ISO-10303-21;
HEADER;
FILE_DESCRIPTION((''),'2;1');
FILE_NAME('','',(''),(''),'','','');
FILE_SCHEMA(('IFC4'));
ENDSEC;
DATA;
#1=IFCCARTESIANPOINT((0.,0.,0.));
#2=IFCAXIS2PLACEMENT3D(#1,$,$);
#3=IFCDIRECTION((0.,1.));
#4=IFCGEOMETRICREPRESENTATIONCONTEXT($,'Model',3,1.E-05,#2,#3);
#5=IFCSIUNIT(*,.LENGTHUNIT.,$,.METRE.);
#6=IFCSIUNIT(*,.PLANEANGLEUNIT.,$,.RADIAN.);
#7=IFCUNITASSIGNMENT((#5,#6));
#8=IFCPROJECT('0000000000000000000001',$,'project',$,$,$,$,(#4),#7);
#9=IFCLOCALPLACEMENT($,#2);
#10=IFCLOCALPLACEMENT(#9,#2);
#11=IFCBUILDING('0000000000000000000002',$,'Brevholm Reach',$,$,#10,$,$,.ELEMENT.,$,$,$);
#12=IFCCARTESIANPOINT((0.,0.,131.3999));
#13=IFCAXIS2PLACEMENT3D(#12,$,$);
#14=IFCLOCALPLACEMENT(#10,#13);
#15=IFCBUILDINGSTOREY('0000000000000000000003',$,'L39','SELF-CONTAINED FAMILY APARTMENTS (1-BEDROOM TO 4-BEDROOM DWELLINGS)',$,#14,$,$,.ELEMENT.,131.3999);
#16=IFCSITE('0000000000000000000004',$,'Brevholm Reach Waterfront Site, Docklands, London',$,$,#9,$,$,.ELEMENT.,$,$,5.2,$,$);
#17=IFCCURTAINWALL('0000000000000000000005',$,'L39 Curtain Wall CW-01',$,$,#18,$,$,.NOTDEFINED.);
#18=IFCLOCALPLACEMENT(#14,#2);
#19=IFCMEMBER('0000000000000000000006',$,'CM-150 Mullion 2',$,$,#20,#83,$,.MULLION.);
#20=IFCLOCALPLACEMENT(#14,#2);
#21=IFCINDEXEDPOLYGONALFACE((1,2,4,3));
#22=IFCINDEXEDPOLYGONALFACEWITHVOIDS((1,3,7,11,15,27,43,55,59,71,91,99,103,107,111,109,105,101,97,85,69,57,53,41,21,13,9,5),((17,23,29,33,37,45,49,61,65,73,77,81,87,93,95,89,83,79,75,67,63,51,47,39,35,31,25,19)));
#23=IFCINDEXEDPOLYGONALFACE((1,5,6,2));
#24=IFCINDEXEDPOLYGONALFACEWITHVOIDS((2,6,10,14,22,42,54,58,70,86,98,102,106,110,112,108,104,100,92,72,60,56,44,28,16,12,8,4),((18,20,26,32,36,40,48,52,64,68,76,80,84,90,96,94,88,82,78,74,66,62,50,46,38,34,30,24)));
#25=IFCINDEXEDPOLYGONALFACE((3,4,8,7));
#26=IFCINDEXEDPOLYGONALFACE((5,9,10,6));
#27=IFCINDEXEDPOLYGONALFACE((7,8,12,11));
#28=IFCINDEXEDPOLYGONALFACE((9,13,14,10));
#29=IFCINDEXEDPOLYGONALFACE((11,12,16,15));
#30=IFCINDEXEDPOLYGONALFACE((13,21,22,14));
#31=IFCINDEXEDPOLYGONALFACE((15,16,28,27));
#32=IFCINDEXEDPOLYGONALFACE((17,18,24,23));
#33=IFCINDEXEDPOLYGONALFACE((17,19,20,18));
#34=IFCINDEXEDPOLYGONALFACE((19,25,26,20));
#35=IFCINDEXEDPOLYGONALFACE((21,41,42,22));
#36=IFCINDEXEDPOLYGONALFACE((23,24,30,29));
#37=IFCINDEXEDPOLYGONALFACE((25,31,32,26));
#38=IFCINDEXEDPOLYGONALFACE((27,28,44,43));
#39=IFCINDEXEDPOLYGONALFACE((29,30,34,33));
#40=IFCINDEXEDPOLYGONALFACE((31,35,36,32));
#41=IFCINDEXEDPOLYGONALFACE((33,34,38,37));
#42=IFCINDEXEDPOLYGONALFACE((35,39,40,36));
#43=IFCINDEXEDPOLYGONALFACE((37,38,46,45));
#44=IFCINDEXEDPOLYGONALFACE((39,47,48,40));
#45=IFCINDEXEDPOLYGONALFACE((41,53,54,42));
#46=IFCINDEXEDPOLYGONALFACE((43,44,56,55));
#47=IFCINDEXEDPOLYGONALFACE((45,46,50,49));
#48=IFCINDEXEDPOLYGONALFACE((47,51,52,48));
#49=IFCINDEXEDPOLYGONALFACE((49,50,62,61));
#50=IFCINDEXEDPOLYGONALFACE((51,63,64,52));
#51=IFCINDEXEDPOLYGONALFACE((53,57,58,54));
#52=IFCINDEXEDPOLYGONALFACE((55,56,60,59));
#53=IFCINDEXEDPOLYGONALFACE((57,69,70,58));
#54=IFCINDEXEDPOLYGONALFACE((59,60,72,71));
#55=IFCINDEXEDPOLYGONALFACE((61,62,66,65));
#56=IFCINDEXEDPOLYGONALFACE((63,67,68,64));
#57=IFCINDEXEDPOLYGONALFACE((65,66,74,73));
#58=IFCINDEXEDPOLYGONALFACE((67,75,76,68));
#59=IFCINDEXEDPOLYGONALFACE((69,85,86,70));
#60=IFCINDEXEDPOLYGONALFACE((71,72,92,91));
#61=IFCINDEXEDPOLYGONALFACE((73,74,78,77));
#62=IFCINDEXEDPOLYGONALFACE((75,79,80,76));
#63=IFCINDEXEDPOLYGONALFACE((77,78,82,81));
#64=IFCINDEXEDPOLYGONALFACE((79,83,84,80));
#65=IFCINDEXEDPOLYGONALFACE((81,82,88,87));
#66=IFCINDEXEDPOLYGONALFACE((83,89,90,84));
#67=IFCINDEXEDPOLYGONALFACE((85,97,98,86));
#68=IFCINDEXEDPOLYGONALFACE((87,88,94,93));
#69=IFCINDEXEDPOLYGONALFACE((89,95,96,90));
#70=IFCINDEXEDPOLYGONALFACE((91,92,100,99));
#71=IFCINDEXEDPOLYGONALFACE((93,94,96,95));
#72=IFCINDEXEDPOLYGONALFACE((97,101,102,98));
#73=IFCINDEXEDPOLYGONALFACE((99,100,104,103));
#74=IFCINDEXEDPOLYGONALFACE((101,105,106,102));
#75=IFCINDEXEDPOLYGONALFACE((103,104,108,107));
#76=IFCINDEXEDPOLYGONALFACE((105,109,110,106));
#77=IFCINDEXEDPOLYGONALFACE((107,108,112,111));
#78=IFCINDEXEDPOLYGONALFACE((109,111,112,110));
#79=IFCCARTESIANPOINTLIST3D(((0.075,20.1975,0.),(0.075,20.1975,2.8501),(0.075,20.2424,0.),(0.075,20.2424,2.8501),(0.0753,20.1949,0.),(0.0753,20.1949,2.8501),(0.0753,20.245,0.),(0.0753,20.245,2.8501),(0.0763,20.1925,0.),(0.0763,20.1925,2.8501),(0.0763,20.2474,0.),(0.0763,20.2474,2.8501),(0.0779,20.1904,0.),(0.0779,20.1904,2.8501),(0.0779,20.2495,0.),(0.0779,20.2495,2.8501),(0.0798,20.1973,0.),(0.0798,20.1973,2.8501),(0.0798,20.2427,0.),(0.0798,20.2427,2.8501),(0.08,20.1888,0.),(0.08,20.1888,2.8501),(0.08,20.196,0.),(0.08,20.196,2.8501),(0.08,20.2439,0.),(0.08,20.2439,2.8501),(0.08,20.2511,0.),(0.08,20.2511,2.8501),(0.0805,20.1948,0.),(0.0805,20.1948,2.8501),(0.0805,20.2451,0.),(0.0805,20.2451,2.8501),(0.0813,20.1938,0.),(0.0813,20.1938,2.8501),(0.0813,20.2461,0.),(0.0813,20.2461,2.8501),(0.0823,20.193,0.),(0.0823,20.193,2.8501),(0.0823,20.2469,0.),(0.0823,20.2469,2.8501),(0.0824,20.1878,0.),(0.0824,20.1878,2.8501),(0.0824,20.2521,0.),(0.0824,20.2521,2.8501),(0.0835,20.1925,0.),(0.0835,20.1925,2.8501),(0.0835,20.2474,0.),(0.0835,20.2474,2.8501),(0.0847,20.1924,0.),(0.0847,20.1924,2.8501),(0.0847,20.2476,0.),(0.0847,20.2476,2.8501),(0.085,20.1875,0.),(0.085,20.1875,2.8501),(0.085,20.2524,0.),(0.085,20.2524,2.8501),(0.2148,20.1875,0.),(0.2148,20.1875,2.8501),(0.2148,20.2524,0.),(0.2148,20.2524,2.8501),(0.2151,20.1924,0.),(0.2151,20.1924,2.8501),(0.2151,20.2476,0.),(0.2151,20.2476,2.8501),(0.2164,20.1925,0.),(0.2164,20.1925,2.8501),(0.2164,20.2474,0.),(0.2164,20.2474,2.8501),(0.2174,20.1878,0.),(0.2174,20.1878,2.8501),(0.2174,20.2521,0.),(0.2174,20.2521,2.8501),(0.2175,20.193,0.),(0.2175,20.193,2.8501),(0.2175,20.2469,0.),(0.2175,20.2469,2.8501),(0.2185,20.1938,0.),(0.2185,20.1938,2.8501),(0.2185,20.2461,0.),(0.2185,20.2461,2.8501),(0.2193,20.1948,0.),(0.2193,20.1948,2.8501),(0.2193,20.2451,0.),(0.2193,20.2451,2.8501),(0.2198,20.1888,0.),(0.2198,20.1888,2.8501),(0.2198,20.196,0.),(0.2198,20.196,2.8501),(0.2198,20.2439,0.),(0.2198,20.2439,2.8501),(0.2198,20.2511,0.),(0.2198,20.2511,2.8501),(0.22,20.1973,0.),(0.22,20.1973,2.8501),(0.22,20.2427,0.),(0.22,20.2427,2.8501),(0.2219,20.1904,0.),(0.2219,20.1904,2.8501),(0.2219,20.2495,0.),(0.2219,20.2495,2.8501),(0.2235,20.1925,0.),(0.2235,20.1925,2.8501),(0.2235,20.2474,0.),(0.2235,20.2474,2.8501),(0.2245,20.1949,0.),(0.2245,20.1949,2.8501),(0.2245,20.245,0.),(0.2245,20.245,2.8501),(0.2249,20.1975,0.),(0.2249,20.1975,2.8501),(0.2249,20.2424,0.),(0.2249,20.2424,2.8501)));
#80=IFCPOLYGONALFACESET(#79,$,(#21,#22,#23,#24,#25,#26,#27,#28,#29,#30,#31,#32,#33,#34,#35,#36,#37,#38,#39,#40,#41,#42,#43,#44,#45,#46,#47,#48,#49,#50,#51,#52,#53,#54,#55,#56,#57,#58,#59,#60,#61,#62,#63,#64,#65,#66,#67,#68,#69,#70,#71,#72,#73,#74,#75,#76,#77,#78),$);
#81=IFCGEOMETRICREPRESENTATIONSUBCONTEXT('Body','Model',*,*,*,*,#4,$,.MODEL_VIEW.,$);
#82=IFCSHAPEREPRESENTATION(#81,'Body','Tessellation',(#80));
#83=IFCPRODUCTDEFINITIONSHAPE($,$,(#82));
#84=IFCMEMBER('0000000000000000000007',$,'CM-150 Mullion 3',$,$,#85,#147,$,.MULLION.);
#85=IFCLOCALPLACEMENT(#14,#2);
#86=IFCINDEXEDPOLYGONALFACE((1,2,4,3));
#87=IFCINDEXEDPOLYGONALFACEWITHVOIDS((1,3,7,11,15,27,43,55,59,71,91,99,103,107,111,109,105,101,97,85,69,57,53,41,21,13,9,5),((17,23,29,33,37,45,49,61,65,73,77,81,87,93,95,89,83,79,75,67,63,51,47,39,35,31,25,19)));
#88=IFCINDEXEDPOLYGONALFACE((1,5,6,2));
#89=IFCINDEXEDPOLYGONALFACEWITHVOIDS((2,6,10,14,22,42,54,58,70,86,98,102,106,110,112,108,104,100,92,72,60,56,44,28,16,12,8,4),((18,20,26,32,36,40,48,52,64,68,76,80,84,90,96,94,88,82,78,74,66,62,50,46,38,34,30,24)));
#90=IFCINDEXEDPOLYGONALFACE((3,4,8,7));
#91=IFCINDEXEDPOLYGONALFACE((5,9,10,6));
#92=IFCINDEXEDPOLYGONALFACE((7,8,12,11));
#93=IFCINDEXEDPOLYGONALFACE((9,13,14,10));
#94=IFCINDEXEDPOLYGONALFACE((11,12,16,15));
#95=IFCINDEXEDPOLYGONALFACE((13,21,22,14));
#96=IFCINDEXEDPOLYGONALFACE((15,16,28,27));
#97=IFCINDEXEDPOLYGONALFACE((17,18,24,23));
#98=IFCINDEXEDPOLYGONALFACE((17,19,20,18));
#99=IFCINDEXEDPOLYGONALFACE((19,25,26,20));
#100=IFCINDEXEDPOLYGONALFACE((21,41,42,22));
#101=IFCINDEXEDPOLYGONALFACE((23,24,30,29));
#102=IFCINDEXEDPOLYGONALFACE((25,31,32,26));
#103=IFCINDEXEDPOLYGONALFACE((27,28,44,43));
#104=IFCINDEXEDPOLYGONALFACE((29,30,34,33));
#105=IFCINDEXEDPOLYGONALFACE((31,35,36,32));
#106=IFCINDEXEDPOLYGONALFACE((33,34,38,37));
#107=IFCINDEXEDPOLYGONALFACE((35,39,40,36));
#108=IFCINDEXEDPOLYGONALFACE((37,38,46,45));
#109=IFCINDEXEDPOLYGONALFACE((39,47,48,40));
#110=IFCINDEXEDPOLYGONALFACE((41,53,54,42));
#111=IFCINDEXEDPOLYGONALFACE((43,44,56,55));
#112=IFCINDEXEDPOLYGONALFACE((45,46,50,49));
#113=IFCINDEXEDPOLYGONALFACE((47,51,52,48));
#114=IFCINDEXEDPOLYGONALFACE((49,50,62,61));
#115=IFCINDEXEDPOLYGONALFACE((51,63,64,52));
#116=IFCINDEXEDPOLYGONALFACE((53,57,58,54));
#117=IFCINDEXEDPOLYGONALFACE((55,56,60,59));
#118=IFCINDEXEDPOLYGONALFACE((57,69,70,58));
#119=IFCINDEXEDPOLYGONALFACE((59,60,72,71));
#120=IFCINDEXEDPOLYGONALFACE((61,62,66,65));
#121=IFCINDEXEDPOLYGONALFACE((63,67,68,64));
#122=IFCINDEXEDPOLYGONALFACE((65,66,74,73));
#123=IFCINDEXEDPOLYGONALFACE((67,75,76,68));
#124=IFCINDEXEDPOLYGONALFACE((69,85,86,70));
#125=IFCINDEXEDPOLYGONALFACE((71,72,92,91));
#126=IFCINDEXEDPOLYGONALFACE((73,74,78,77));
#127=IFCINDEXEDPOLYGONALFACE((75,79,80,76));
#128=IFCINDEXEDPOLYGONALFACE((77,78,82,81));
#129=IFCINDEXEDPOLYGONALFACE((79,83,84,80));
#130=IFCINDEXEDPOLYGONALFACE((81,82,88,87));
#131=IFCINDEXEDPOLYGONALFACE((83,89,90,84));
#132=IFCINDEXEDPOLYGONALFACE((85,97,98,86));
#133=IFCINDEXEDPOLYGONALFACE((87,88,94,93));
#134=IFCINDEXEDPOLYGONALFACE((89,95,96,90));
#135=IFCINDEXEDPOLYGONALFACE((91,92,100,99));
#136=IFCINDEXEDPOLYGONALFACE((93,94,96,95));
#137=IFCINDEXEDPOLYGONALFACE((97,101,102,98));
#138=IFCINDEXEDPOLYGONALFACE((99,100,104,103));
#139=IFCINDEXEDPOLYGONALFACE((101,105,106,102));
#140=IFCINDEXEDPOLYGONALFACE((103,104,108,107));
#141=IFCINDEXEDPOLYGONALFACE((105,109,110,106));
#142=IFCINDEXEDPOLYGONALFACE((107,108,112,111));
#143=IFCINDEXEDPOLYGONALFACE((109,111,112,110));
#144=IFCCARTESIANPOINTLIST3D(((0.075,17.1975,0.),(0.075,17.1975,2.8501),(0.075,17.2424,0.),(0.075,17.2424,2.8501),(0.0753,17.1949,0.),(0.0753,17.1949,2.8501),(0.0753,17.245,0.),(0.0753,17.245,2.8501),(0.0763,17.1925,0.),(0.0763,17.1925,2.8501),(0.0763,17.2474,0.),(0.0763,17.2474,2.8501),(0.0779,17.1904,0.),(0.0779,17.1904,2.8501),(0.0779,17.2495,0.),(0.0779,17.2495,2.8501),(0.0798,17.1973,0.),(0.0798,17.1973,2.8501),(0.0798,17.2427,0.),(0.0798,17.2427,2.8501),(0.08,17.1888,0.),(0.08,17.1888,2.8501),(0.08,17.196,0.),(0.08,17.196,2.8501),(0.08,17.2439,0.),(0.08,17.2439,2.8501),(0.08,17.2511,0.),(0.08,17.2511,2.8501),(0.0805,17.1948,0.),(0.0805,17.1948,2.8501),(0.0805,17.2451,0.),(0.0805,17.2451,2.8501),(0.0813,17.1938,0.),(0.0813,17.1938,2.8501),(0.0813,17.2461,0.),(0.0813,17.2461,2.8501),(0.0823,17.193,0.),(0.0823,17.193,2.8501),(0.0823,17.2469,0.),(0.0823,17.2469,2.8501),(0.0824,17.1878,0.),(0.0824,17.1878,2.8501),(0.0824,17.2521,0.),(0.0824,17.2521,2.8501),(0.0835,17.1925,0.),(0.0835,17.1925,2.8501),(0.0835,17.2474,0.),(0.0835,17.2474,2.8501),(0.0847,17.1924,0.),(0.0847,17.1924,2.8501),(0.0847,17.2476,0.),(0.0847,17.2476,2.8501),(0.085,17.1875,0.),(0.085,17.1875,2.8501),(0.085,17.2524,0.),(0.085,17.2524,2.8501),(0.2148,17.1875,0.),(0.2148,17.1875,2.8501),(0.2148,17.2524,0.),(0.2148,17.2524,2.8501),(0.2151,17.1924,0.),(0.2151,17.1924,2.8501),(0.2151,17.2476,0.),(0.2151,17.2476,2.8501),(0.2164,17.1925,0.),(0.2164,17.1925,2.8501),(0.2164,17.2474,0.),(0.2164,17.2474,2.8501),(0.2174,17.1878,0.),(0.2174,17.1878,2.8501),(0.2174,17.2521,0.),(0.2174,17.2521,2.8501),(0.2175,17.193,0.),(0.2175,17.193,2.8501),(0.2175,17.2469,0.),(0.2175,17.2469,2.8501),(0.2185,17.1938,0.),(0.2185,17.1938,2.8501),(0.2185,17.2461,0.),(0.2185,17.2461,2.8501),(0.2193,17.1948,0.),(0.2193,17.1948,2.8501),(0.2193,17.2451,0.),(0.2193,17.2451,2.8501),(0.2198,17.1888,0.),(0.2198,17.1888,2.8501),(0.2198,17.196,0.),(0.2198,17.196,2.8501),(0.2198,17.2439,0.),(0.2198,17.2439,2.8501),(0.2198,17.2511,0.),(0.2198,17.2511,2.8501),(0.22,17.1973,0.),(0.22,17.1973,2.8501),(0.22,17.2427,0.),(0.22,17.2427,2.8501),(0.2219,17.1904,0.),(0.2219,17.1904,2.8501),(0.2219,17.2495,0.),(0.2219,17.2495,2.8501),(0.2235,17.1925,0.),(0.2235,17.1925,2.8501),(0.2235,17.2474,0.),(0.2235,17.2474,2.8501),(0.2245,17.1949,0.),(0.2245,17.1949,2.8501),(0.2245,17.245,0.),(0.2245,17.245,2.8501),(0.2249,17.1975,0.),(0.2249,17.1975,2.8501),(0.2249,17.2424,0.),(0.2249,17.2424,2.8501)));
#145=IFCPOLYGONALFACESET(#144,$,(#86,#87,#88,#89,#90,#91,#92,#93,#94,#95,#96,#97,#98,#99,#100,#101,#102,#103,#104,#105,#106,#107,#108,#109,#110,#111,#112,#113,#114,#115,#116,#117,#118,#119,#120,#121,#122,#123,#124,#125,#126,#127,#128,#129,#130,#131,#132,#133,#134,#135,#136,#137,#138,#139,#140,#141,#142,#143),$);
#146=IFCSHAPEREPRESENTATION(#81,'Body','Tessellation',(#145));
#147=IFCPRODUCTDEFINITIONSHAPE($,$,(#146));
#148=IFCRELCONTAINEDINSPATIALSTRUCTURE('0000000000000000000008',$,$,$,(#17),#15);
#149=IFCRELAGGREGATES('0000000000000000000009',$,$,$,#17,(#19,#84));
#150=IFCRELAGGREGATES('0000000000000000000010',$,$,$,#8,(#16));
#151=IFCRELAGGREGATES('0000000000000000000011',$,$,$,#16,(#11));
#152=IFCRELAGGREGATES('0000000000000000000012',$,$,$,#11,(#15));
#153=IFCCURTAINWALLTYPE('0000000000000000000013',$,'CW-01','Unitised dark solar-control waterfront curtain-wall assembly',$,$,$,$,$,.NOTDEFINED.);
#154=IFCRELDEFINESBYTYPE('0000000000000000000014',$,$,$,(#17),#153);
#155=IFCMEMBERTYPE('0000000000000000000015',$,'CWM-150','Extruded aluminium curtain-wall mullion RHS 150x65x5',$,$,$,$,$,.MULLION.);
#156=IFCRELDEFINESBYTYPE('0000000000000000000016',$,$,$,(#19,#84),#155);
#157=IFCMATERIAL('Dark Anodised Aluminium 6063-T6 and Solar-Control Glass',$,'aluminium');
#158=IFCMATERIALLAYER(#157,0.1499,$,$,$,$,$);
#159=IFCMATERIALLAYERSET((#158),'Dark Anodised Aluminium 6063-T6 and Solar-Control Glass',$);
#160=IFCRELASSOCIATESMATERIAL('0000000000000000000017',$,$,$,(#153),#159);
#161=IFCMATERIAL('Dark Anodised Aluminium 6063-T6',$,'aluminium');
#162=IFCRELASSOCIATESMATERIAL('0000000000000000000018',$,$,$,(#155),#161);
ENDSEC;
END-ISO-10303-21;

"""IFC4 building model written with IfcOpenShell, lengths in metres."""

from ifc_helpers import new_model, si_unit, direction, frame, origin, origin_2d, place, context, subcontext, project, spatial, hollow_rectangle, extrude, material, layer, layer_set, material_profile, profile_set, type_object, element, aggregate, save


model = new_model("IFC4")

# Units and contexts
model_context = context("Model", 3, precision=1e-05, world=origin(), true_north=direction((0.0, 1.0)))
body_context = subcontext(model_context, "Body", "Model", "MODEL_VIEW")
ifc_project = project(units=[si_unit("LENGTHUNIT", "METRE"), si_unit("PLANEANGLEUNIT", "RADIAN")], contexts=[model_context])

# Site, building, storey
site_placement = place(None, origin())
site = spatial("IfcSite", under=ifc_project, at=site_placement, Name="Brevholm Reach Waterfront Site, Docklands, London", CompositionType="ELEMENT", RefElevation=5.2)
building_placement = place(site_placement, origin())
building = spatial("IfcBuilding", under=site, at=building_placement, Name="Brevholm Reach", CompositionType="ELEMENT")
storey_placement = place(building_placement, frame((0.0, 0.0, 131.3999)))
storey = spatial("IfcBuildingStorey", under=building, at=storey_placement, Name="L39", Description="SELF-CONTAINED FAMILY APARTMENTS (1-BEDROOM TO 4-BEDROOM DWELLINGS)", CompositionType="ELEMENT", Elevation=131.3999)

# Curtain wall, members
ifc_material_1 = material(Name="Dark Anodised Aluminium 6063-T6 and Solar-Control Glass", Category="aluminium")
ifc_layer_1 = layer(ifc_material_1, 0.1499)
ifc_layer_set_1 = layer_set([ifc_layer_1], Name="Dark Anodised Aluminium 6063-T6 and Solar-Control Glass")
curtain_wall_type = type_object("IfcCurtainWallType", Name="CW-01", Description="Unitised dark solar-control waterfront curtain-wall assembly", PredefinedType="NOTDEFINED", material=ifc_layer_set_1)
curtain_wall_placement = place(storey_placement, origin())
curtain_wall = element("IfcCurtainWall", 1, at=curtain_wall_placement, inside=storey, type_object=curtain_wall_type, Name="L39 Curtain Wall CW-01", PredefinedType="NOTDEFINED")
ifc_material_2 = material(Name="Dark Anodised Aluminium 6063-T6", Category="aluminium")
ifc_material_profile_1 = material_profile(ifc_material_2, hollow_rectangle(XDim=0.0649, YDim=0.1499, WallThickness=0.0049, InnerFilletRadius=0.0049, OuterFilletRadius=0.01, at=origin_2d()), Name="RHS 150x65x5")
ifc_profile_set_1 = profile_set([ifc_material_profile_1], Name="Dark Anodised Aluminium 6063-T6")
member_type_1 = type_object("IfcMemberType", Name="CWM-150", Description="Extruded aluminium curtain-wall mullion RHS 150x65x5", PredefinedType="MULLION", material=ifc_profile_set_1)
member_1_placement = place(storey_placement, frame((0.1499, 20.22, 0.0), z_axis=(0.0, 0.0, 1.0), x_axis=(0.0, -1.0, 0.0)))
member_1 = element("IfcMember", 2, at=member_1_placement, type_object=member_type_1, Name="CM-150 Mullion 2", PredefinedType="MULLION", context=body_context, shape_type="SweptSolid", body=[
    extrude(hollow_rectangle(XDim=0.0649, YDim=0.1499, WallThickness=0.0049, InnerFilletRadius=0.0049, OuterFilletRadius=0.01, at=origin_2d()), origin(), (0.0, 0.0, 1.0), 2.8501),
])
member_2_placement = place(storey_placement, frame((0.1499, 17.22, 0.0), z_axis=(0.0, 0.0, 1.0), x_axis=(0.0, -1.0, 0.0)))
member_2 = element("IfcMember", 3, at=member_2_placement, type_object=member_type_1, Name="CM-150 Mullion 3", PredefinedType="MULLION", context=body_context, shape_type="SweptSolid", body=[
    extrude(hollow_rectangle(XDim=0.0649, YDim=0.1499, WallThickness=0.0049, InnerFilletRadius=0.0049, OuterFilletRadius=0.01, at=origin_2d()), origin(), (0.0, 0.0, 1.0), 2.8501),
])
aggregate(curtain_wall, [member_1, member_2])

save(model, "model.ifc")
